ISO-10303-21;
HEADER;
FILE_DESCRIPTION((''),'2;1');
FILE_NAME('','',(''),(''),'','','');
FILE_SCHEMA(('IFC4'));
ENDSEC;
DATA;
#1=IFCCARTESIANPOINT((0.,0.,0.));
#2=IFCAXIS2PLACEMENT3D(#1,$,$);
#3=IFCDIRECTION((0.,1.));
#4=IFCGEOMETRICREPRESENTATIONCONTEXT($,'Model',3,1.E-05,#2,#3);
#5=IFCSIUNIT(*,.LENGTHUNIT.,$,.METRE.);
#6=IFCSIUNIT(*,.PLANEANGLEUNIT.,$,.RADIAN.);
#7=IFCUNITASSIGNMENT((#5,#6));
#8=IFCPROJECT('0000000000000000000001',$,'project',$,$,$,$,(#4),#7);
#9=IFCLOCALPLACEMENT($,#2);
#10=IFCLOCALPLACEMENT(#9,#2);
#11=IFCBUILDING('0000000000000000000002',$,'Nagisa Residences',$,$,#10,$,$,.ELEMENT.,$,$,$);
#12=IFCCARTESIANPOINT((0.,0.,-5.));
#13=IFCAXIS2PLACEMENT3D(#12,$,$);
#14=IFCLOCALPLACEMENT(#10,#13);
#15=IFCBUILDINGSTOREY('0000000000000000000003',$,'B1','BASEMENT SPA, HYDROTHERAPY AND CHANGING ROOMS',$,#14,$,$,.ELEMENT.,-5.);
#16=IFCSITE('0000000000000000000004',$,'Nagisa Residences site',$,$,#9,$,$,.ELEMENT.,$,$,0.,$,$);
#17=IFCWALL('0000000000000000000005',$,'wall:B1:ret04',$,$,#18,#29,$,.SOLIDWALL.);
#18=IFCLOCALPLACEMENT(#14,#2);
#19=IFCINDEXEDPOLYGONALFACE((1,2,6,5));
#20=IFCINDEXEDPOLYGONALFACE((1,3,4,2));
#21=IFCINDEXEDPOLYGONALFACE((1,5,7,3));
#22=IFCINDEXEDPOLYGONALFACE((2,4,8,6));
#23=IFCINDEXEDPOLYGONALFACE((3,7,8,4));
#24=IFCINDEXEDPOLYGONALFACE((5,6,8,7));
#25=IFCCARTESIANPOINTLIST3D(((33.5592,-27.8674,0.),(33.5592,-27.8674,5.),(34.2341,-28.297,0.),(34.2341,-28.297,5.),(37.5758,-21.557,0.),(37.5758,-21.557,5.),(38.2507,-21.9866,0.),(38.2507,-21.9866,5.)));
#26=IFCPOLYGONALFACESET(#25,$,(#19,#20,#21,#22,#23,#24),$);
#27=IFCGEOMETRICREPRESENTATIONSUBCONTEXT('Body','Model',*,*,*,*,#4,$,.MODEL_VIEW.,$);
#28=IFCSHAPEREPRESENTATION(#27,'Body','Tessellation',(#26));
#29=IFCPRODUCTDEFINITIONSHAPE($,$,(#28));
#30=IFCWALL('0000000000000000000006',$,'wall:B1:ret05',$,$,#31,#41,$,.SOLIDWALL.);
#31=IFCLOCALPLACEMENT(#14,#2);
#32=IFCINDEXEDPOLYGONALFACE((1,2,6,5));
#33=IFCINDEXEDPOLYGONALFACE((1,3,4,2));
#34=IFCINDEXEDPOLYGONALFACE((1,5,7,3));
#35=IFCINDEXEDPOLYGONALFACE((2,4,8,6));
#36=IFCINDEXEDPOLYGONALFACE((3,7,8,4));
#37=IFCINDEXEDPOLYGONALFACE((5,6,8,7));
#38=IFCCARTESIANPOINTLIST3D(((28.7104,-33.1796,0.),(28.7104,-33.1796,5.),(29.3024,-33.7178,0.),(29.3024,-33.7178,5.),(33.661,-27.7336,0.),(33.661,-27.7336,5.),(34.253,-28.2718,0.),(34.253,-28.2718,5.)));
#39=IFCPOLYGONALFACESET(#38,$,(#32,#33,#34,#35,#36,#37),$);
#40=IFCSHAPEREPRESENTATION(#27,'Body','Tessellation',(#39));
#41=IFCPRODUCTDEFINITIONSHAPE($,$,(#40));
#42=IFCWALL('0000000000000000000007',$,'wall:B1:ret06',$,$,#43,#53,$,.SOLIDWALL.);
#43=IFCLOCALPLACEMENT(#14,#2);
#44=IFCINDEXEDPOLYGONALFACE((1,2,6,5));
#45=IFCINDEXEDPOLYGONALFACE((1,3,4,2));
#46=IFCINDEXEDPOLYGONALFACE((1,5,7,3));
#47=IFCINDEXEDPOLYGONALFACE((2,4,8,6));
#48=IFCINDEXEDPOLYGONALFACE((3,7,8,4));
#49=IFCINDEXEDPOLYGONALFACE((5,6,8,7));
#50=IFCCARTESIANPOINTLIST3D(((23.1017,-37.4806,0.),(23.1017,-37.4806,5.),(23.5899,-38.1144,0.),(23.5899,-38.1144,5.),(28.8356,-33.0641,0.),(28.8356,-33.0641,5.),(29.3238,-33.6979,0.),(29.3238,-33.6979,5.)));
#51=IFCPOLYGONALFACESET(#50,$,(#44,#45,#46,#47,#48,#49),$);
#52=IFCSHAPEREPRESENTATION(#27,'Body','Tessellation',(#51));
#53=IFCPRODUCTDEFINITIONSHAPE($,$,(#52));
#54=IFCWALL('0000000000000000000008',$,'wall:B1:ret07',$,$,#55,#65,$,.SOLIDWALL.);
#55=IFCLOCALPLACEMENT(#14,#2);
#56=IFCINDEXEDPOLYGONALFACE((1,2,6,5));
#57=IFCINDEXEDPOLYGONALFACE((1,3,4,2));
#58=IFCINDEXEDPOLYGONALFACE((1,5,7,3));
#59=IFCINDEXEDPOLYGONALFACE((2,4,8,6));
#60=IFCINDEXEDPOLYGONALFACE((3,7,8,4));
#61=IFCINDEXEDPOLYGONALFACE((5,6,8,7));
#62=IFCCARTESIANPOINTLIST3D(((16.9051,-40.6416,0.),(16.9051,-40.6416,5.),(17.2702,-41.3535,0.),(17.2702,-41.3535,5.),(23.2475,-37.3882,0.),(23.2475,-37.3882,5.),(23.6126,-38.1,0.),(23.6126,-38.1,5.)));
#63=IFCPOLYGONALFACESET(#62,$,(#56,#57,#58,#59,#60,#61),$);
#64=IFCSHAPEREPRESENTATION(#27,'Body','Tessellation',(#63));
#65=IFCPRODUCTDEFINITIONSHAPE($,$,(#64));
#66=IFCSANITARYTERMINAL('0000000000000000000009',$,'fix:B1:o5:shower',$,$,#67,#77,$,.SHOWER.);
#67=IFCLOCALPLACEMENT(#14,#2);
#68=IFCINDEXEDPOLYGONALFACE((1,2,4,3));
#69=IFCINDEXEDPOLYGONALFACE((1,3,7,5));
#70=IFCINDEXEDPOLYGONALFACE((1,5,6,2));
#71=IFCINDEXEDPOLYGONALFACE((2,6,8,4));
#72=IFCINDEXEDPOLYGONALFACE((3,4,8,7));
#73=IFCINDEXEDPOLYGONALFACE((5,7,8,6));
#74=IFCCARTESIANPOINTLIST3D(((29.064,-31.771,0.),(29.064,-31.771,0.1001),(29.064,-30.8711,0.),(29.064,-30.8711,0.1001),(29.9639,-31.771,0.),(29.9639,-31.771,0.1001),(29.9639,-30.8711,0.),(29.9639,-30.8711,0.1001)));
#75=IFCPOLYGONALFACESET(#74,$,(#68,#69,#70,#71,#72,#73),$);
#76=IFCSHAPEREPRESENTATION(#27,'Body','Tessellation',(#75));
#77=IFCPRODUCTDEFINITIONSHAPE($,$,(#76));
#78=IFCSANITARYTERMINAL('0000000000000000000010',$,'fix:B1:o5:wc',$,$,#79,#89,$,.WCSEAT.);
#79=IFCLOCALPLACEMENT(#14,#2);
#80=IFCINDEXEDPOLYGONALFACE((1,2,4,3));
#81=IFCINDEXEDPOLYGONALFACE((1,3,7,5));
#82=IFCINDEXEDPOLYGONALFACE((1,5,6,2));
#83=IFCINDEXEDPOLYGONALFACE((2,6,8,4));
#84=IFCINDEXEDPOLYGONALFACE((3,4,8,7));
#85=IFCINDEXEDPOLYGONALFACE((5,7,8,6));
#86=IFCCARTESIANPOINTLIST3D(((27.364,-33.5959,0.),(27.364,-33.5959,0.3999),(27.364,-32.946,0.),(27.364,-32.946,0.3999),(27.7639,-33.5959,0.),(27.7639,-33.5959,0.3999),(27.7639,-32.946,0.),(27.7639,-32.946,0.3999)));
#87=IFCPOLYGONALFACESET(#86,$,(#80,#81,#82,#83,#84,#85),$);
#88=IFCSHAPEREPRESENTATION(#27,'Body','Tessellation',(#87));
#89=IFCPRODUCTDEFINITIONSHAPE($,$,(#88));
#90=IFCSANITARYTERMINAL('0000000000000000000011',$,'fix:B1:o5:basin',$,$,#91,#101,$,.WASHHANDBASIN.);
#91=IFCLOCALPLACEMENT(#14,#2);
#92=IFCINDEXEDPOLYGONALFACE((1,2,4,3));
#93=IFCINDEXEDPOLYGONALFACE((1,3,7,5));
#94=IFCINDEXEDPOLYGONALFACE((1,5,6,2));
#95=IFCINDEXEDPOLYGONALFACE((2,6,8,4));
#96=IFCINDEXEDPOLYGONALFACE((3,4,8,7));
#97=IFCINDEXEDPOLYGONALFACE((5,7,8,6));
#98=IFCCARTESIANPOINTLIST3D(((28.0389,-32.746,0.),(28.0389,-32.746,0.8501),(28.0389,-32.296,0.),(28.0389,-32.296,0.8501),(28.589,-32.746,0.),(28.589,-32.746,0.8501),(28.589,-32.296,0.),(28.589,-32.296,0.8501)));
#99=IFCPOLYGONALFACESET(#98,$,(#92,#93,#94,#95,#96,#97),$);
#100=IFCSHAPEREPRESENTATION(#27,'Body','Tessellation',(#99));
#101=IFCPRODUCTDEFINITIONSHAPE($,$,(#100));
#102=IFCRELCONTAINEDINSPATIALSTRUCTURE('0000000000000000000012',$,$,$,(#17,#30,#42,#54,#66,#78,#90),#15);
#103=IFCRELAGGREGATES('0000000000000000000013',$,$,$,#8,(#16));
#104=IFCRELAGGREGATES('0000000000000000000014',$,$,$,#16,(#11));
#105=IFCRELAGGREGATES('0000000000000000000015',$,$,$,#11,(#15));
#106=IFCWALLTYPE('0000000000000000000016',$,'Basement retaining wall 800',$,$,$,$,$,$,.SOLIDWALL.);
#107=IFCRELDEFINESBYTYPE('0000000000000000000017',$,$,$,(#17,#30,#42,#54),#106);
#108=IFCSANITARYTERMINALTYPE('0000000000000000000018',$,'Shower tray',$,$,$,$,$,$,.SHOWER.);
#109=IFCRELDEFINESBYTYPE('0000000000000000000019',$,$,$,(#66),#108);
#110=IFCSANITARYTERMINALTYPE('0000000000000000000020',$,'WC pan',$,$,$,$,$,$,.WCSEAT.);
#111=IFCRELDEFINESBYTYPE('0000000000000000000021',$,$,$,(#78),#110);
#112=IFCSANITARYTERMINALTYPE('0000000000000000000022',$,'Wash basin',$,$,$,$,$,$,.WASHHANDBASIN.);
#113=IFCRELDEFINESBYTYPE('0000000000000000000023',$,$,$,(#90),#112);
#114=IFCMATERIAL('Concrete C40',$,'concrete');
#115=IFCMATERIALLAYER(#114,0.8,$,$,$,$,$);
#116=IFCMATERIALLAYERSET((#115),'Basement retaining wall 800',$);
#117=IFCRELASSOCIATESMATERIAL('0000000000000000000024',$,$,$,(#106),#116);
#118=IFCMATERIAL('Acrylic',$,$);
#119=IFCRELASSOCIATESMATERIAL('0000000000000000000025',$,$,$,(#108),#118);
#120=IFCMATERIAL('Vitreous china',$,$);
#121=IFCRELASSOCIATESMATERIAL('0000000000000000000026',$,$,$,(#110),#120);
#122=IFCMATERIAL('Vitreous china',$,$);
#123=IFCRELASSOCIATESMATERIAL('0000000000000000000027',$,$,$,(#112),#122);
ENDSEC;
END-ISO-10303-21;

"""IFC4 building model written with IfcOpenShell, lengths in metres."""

from ifc_helpers import new_model, si_unit, direction, frame, frame_2d, origin, origin_2d, place, context, subcontext, project, spatial, rectangle, extrude, material, layer, layer_set, type_object, element, save


model = new_model("IFC4")

# Units and contexts
model_context = context("Model", 3, precision=1e-05, world=origin(), true_north=direction((0.0, 1.0)))
body_context = subcontext(model_context, "Body", "Model", "MODEL_VIEW")
ifc_project = project(units=[si_unit("LENGTHUNIT", "METRE"), si_unit("PLANEANGLEUNIT", "RADIAN")], contexts=[model_context])

# Site, building, storey
site_placement = place(None, origin())
site = spatial("IfcSite", under=ifc_project, at=site_placement, Name="Nagisa Residences site", CompositionType="ELEMENT", RefElevation=0.0)
building_placement = place(site_placement, origin())
building = spatial("IfcBuilding", under=site, at=building_placement, Name="Nagisa Residences", CompositionType="ELEMENT")
storey_placement = place(building_placement, frame((0.0, 0.0, -5.0)))
storey = spatial("IfcBuildingStorey", under=building, at=storey_placement, Name="B1", Description="BASEMENT SPA, HYDROTHERAPY AND CHANGING ROOMS", CompositionType="ELEMENT", Elevation=-5.0)

# Walls
ifc_material_1 = material(Name="Concrete C40", Category="concrete")
ifc_layer = layer(ifc_material_1, 0.8)
ifc_layer_set = layer_set([ifc_layer], Name="Basement retaining wall 800")
wall_type = type_object("IfcWallType", Name="Basement retaining wall 800", PredefinedType="SOLIDWALL", material=ifc_layer_set)
wall_1_placement = place(storey_placement, frame((37.9133, -21.7717, 0.0), z_axis=(0.0, 0.0, 1.0), x_axis=(-0.536966, -0.843604, 0.0)))
element("IfcWall", 1, at=wall_1_placement, inside=storey, type_object=wall_type, Name="wall:B1:ret04", PredefinedType="SOLIDWALL", context=body_context, shape_type="SweptSolid", body=[
    extrude(rectangle(XDim=7.4802, YDim=0.8, at=frame_2d((3.7402, 0.0))), origin(), (0.0, 0.0, 1.0), 5.0),
])
wall_2_placement = place(storey_placement, frame((33.957, -28.0027, 0.0), z_axis=(0.0, 0.0, 1.0), x_axis=(-0.672653, -0.739958, 0.0)))
element("IfcWall", 2, at=wall_2_placement, inside=storey, type_object=wall_type, Name="wall:B1:ret05", PredefinedType="SOLIDWALL", context=body_context, shape_type="SweptSolid", body=[
    extrude(rectangle(XDim=7.3599, YDim=0.8, at=frame_2d((3.6799, 0.0))), origin(), (0.0, 0.0, 1.0), 5.0),
])
wall_3_placement = place(storey_placement, frame((29.0796, -33.3811, 0.0), z_axis=(0.0, 0.0, 1.0), x_axis=(-0.792235, -0.610216, 0.0)))
element("IfcWall", 3, at=wall_3_placement, inside=storey, type_object=wall_type, Name="wall:B1:ret06", PredefinedType="SOLIDWALL", context=body_context, shape_type="SweptSolid", body=[
    extrude(rectangle(XDim=7.2375, YDim=0.8, at=frame_2d((3.6187, 0.0))), origin(), (0.0, 0.0, 1.0), 5.0),
])
wall_4_placement = place(storey_placement, frame((23.4299, -37.7441, 0.0), z_axis=(0.0, 0.0, 1.0), x_axis=(-0.889763, -0.456424, 0.0)))
element("IfcWall", 4, at=wall_4_placement, inside=storey, type_object=wall_type, Name="wall:B1:ret07", PredefinedType="SOLIDWALL", context=body_context, shape_type="SweptSolid", body=[
    extrude(rectangle(XDim=7.1282, YDim=0.8, at=frame_2d((3.564, 0.0))), origin(), (0.0, 0.0, 1.0), 5.0),
])

# Sanitary terminals
ifc_material_2 = material(Name="Acrylic")
sanitary_terminal_type_1 = type_object("IfcSanitaryTerminalType", Name="Shower tray", PredefinedType="SHOWER", material=ifc_material_2)
sanitary_terminal_1_placement = place(storey_placement, frame((29.5139, -31.321, 0.0), z_axis=(0.0, 0.0, 1.0), x_axis=(1.0, 0.0, 0.0)))
element("IfcSanitaryTerminal", 5, at=sanitary_terminal_1_placement, inside=storey, type_object=sanitary_terminal_type_1, Name="fix:B1:o5:shower", PredefinedType="SHOWER", context=body_context, shape_type="SweptSolid", body=[
    extrude(rectangle(XDim=0.8999, YDim=0.8999, at=origin_2d()), origin(), (0.0, 0.0, 1.0), 0.1001),
])
ifc_material_3 = material(Name="Vitreous china")
sanitary_terminal_type_2 = type_object("IfcSanitaryTerminalType", Name="WC pan", PredefinedType="WCSEAT", material=ifc_material_3)
sanitary_terminal_2_placement = place(storey_placement, frame((27.564, -33.271, 0.0), z_axis=(0.0, 0.0, 1.0), x_axis=(1.0, 0.0, 0.0)))
element("IfcSanitaryTerminal", 6, at=sanitary_terminal_2_placement, inside=storey, type_object=sanitary_terminal_type_2, Name="fix:B1:o5:wc", PredefinedType="WCSEAT", context=body_context, shape_type="SweptSolid", body=[
    extrude(rectangle(XDim=0.3999, YDim=0.6499, at=origin_2d()), origin(), (0.0, 0.0, 1.0), 0.3999),
])
ifc_material_4 = material(Name="Vitreous china")
sanitary_terminal_type_3 = type_object("IfcSanitaryTerminalType", Name="Wash basin", PredefinedType="WASHHANDBASIN", material=ifc_material_4)
sanitary_terminal_3_placement = place(storey_placement, frame((28.314, -32.521, 0.0), z_axis=(0.0, 0.0, 1.0), x_axis=(1.0, 0.0, 0.0)))
element("IfcSanitaryTerminal", 7, at=sanitary_terminal_3_placement, inside=storey, type_object=sanitary_terminal_type_3, Name="fix:B1:o5:basin", PredefinedType="WASHHANDBASIN", context=body_context, shape_type="SweptSolid", body=[
    extrude(rectangle(XDim=0.55, YDim=0.45, at=origin_2d()), origin(), (0.0, 0.0, 1.0), 0.8501),
])

save(model, "model.ifc")
